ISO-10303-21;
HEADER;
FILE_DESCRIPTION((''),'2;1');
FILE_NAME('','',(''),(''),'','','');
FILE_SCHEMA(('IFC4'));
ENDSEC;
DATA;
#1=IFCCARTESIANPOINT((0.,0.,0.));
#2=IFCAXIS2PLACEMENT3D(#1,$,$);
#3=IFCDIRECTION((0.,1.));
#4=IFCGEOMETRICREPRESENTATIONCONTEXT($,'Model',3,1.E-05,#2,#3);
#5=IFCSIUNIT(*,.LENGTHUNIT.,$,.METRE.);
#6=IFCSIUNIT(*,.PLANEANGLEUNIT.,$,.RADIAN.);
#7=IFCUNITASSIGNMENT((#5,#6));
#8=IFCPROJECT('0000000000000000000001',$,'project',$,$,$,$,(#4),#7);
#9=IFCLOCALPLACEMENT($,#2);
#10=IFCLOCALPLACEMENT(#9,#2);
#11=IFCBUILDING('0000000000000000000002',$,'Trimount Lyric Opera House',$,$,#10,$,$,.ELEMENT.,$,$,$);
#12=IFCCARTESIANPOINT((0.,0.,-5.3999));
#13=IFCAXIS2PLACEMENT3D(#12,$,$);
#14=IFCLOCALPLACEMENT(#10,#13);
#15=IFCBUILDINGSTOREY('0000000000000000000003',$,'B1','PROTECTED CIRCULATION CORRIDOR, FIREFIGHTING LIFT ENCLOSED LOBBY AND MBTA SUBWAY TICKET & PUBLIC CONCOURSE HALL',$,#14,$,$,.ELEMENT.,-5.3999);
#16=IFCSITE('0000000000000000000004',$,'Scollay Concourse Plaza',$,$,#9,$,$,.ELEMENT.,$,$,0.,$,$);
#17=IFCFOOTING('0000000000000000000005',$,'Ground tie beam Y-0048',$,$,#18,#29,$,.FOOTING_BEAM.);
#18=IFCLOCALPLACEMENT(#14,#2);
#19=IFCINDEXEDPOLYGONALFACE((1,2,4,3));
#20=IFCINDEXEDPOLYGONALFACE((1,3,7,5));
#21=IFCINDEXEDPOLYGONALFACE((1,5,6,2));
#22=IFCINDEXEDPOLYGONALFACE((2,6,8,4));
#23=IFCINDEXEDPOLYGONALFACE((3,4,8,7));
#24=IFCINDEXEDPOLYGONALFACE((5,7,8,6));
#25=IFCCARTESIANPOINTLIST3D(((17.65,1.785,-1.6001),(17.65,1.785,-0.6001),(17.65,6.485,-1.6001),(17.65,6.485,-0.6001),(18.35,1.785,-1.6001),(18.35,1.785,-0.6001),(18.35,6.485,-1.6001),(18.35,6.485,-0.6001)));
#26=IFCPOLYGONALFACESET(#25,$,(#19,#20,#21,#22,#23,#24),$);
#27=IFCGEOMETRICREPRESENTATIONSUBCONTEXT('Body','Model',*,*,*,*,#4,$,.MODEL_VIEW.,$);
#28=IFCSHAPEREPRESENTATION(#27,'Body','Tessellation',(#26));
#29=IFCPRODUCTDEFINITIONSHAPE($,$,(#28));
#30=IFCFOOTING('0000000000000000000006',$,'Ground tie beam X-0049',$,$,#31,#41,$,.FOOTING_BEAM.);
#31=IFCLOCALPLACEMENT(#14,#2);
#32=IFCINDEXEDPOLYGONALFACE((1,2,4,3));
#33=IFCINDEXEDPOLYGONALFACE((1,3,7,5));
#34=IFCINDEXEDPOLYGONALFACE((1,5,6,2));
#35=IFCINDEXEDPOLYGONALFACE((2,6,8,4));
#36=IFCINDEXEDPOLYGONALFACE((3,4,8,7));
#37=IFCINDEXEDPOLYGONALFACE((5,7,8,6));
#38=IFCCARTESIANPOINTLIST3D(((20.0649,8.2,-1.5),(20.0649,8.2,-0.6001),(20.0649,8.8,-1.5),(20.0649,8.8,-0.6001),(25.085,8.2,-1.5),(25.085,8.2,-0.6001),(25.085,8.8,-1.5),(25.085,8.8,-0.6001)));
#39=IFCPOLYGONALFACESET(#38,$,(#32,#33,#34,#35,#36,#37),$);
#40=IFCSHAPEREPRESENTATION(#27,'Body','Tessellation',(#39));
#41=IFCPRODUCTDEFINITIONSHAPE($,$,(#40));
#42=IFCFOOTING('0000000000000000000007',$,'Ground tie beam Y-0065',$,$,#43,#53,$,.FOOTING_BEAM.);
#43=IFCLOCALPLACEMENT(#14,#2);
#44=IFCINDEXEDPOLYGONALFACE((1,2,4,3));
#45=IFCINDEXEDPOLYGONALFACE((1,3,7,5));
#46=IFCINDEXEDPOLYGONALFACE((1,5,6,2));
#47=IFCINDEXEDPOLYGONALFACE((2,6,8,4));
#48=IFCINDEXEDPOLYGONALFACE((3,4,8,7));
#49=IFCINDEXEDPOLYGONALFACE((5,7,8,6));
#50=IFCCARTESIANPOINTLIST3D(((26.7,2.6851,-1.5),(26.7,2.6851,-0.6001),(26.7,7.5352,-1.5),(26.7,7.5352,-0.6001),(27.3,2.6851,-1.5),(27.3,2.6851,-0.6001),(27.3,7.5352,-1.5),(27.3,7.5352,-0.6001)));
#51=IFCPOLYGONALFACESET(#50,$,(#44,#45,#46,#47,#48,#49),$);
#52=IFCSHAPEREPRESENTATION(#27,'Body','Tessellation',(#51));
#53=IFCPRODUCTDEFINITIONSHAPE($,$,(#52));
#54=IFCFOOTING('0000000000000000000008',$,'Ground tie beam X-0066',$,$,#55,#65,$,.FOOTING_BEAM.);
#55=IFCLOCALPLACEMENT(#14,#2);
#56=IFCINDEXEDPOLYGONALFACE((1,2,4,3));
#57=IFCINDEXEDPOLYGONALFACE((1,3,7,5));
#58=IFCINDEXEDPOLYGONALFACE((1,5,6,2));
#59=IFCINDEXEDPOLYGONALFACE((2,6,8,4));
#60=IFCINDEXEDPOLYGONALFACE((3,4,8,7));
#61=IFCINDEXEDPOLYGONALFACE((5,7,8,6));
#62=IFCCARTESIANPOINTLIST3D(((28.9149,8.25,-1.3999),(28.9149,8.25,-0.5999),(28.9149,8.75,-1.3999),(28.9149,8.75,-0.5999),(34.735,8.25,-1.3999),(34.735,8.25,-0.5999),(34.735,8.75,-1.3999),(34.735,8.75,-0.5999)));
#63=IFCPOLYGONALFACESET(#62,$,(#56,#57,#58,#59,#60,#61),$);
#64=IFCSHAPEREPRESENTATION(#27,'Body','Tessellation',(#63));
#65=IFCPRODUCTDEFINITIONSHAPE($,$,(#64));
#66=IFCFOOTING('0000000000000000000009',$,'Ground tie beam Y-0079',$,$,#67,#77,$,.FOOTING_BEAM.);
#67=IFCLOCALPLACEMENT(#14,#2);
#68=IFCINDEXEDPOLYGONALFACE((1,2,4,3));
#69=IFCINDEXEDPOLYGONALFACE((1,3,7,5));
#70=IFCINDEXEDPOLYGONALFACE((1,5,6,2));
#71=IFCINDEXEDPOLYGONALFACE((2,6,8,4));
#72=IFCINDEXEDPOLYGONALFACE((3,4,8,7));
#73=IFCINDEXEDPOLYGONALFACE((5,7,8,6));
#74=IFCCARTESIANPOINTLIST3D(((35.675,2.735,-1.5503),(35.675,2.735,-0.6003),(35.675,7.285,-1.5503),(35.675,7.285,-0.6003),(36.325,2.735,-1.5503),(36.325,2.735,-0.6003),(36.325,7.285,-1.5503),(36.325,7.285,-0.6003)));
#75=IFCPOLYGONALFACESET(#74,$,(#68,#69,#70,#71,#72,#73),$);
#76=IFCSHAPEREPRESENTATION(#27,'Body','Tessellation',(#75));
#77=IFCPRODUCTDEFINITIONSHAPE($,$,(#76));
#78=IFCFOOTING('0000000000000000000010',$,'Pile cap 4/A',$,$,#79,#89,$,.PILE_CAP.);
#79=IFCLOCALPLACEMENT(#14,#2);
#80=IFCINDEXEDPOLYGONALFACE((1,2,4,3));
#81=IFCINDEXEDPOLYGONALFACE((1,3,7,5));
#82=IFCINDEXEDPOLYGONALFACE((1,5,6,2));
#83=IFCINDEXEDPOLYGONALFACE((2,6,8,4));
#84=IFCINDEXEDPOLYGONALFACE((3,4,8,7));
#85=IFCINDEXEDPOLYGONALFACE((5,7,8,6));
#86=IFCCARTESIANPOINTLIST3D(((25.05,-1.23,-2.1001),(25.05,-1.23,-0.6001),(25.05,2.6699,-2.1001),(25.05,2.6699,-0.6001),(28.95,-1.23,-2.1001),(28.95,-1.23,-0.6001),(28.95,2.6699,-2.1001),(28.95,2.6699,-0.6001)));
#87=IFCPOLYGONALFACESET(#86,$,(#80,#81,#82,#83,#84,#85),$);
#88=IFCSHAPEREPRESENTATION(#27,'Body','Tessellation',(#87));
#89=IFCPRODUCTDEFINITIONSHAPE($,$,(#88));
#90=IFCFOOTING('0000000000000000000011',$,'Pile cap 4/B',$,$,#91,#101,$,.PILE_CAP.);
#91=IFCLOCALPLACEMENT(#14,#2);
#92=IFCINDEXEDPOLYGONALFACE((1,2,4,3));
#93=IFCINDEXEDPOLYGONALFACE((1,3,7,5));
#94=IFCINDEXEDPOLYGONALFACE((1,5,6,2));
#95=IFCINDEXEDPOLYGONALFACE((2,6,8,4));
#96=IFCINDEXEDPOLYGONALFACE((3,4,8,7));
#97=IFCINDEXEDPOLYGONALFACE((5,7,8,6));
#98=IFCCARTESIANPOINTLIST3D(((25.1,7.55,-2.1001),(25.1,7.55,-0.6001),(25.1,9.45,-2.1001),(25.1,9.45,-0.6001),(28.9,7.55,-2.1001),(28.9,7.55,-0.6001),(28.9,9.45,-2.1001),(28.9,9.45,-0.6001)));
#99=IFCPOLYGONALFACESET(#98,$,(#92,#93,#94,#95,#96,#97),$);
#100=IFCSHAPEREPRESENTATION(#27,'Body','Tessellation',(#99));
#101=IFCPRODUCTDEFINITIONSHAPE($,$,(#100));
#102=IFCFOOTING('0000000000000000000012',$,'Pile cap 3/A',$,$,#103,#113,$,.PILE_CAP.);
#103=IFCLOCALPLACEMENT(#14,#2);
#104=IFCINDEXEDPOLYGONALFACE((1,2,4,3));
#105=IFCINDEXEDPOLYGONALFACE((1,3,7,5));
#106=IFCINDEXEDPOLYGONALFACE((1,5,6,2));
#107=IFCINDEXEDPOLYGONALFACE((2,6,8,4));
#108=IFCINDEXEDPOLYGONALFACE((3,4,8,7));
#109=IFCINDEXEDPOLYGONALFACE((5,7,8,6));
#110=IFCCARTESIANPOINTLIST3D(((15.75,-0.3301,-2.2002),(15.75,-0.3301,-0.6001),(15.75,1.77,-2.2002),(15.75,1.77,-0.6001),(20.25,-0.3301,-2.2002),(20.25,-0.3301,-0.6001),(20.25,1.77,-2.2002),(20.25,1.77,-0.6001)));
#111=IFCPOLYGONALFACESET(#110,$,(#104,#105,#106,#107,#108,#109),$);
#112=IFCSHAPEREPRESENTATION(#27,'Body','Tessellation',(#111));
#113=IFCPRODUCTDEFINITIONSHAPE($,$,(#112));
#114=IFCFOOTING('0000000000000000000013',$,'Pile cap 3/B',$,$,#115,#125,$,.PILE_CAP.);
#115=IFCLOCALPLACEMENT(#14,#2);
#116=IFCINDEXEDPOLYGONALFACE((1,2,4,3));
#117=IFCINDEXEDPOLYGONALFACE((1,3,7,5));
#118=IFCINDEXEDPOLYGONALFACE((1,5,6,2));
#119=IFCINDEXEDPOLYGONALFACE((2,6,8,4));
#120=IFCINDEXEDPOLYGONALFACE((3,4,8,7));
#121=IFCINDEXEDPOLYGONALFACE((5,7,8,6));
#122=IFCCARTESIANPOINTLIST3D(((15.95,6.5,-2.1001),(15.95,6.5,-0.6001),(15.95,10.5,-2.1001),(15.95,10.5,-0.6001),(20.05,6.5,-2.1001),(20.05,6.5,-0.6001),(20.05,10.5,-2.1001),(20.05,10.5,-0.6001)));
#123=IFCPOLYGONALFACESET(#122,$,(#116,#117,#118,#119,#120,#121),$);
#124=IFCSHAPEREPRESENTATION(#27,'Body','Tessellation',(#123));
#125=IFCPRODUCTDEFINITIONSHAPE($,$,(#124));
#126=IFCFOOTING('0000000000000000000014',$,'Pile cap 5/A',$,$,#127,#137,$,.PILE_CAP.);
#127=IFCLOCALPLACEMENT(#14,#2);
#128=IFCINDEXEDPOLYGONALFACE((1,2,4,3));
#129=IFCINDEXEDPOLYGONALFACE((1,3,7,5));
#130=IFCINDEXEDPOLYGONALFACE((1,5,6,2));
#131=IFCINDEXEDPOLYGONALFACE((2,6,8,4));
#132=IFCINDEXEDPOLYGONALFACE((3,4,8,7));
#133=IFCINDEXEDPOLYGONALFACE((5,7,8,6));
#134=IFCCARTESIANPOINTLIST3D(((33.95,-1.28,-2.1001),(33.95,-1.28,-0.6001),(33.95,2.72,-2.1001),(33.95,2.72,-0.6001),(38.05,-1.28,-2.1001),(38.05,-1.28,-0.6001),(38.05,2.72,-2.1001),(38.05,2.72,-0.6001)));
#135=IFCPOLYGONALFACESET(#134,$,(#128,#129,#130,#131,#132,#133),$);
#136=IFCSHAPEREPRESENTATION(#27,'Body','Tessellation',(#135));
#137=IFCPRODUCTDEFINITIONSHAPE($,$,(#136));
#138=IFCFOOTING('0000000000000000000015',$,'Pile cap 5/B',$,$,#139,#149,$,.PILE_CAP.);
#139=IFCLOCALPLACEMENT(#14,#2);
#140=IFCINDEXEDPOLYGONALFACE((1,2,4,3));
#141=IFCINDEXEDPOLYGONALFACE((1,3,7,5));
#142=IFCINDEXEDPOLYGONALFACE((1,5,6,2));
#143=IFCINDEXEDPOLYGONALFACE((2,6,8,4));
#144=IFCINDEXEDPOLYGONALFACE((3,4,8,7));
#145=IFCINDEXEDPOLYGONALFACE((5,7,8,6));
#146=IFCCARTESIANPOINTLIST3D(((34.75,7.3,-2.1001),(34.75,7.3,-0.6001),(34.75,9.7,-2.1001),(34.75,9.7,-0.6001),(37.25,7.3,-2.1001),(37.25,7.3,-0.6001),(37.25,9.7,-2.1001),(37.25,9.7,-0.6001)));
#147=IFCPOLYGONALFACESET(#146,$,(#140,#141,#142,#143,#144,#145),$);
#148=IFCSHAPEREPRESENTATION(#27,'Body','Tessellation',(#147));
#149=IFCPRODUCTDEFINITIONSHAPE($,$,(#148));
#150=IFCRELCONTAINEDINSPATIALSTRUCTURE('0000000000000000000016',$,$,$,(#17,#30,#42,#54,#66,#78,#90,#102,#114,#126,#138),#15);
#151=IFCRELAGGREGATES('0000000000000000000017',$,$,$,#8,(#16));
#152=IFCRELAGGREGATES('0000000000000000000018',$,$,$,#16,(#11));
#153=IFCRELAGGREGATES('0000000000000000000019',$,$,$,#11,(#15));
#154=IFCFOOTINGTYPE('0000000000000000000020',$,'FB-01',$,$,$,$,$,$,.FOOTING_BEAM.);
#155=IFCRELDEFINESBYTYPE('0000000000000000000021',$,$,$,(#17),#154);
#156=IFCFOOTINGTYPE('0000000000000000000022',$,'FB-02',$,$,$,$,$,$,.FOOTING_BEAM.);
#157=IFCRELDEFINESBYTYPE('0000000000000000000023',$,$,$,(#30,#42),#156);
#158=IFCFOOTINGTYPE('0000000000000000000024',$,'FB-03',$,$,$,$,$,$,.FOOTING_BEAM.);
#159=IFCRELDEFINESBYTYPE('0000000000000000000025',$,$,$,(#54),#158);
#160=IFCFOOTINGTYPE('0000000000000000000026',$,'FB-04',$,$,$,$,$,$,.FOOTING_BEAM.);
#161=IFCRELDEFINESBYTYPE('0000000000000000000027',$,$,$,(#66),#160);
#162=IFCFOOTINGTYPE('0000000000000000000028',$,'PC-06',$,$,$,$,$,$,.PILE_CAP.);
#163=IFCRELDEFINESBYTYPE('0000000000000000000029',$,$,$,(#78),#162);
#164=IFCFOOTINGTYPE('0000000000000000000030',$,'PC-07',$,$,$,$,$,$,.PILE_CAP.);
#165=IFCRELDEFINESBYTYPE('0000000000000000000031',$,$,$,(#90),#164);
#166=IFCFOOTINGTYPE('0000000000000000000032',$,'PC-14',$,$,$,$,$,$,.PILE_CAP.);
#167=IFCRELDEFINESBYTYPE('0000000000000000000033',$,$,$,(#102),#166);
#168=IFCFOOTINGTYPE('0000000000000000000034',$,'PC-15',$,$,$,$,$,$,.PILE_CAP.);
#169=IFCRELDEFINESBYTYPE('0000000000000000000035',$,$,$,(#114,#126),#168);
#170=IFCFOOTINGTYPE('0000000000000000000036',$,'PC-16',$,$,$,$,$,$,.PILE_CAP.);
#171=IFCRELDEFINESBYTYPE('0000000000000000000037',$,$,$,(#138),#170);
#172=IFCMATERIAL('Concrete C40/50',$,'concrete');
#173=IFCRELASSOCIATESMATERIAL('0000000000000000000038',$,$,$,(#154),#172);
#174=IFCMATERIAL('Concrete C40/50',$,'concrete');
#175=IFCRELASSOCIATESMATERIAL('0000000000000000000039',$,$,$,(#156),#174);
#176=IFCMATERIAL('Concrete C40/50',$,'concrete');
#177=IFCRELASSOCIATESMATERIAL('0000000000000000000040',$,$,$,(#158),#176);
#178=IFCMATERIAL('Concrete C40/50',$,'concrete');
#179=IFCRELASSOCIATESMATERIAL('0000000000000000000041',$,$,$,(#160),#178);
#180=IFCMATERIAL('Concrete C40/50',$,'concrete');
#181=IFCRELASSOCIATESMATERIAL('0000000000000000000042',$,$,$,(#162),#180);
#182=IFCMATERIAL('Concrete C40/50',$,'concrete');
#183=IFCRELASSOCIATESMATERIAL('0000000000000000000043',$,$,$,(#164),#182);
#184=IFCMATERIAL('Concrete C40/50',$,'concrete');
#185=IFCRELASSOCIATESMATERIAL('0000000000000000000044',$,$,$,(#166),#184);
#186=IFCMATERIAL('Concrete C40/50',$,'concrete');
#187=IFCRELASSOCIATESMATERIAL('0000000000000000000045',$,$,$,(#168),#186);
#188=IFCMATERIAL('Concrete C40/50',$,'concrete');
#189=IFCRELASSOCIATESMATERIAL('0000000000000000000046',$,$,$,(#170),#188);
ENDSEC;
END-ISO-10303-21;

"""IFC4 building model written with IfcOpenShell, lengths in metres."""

from ifc_helpers import new_model, si_unit, direction, frame, origin, origin_2d, place, context, subcontext, project, spatial, rectangle, extrude, material, type_object, element, save


model = new_model("IFC4")

# Units and contexts
model_context = context("Model", 3, precision=1e-05, world=origin(), true_north=direction((0.0, 1.0)))
body_context = subcontext(model_context, "Body", "Model", "MODEL_VIEW")
ifc_project = project(units=[si_unit("LENGTHUNIT", "METRE"), si_unit("PLANEANGLEUNIT", "RADIAN")], contexts=[model_context])

# Site, building, storey
site_placement = place(None, origin())
site = spatial("IfcSite", under=ifc_project, at=site_placement, Name="Scollay Concourse Plaza", CompositionType="ELEMENT", RefElevation=0.0)
building_placement = place(site_placement, origin())
building = spatial("IfcBuilding", under=site, at=building_placement, Name="Trimount Lyric Opera House", CompositionType="ELEMENT")
storey_placement = place(building_placement, frame((0.0, 0.0, -5.3999)))
storey = spatial("IfcBuildingStorey", under=building, at=storey_placement, Name="B1", Description="PROTECTED CIRCULATION CORRIDOR, FIREFIGHTING LIFT ENCLOSED LOBBY AND MBTA SUBWAY TICKET & PUBLIC CONCOURSE HALL", CompositionType="ELEMENT", Elevation=-5.3999)

# Footings
ifc_material_1 = material(Name="Concrete C40/50", Category="concrete")
footing_type_1 = type_object("IfcFootingType", Name="FB-01", PredefinedType="FOOTING_BEAM", material=ifc_material_1)
footing_1_placement = place(storey_placement, frame((18.0, 4.135, -1.6001), z_axis=(0.0, 0.0, 1.0), x_axis=(1.0, 0.0, 0.0)))
element("IfcFooting", 1, at=footing_1_placement, inside=storey, type_object=footing_type_1, Name="Ground tie beam Y-0048", PredefinedType="FOOTING_BEAM", context=body_context, shape_type="SweptSolid", body=[
    extrude(rectangle(XDim=0.7, YDim=4.7, at=origin_2d()), origin(), (0.0, 0.0, 1.0), 1.0),
])
ifc_material_2 = material(Name="Concrete C40/50", Category="concrete")
footing_type_2 = type_object("IfcFootingType", Name="FB-02", PredefinedType="FOOTING_BEAM", material=ifc_material_2)
footing_2_placement = place(storey_placement, frame((22.575, 8.5, -1.5), z_axis=(0.0, 0.0, 1.0), x_axis=(1.0, 0.0, 0.0)))
element("IfcFooting", 2, at=footing_2_placement, inside=storey, type_object=footing_type_2, Name="Ground tie beam X-0049", PredefinedType="FOOTING_BEAM", context=body_context, shape_type="SweptSolid", body=[
    extrude(rectangle(XDim=5.02, YDim=0.6001, at=origin_2d()), origin(), (0.0, 0.0, 1.0), 0.8999),
])
footing_3_placement = place(storey_placement, frame((27.0, 5.1101, -1.5), z_axis=(0.0, 0.0, 1.0), x_axis=(1.0, 0.0, 0.0)))
element("IfcFooting", 3, at=footing_3_placement, inside=storey, type_object=footing_type_2, Name="Ground tie beam Y-0065", PredefinedType="FOOTING_BEAM", context=body_context, shape_type="SweptSolid", body=[
    extrude(rectangle(XDim=0.6001, YDim=4.8501, at=origin_2d()), origin(), (0.0, 0.0, 1.0), 0.8999),
])
ifc_material_3 = material(Name="Concrete C40/50", Category="concrete")
footing_type_3 = type_object("IfcFootingType", Name="FB-03", PredefinedType="FOOTING_BEAM", material=ifc_material_3)
footing_4_placement = place(storey_placement, frame((31.825, 8.5, -1.3999), z_axis=(0.0, 0.0, 1.0), x_axis=(1.0, 0.0, 0.0)))
element("IfcFooting", 4, at=footing_4_placement, inside=storey, type_object=footing_type_3, Name="Ground tie beam X-0066", PredefinedType="FOOTING_BEAM", context=body_context, shape_type="SweptSolid", body=[
    extrude(rectangle(XDim=5.8201, YDim=0.5, at=origin_2d()), origin(), (0.0, 0.0, 1.0), 0.8),
])
ifc_material_4 = material(Name="Concrete C40/50", Category="concrete")
footing_type_4 = type_object("IfcFootingType", Name="FB-04", PredefinedType="FOOTING_BEAM", material=ifc_material_4)
footing_5_placement = place(storey_placement, frame((36.0, 5.01, -1.5503), z_axis=(0.0, 0.0, 1.0), x_axis=(1.0, 0.0, 0.0)))
element("IfcFooting", 5, at=footing_5_placement, inside=storey, type_object=footing_type_4, Name="Ground tie beam Y-0079", PredefinedType="FOOTING_BEAM", context=body_context, shape_type="SweptSolid", body=[
    extrude(rectangle(XDim=0.6499, YDim=4.55, at=origin_2d()), origin(), (0.0, 0.0, 1.0), 0.95),
])
ifc_material_5 = material(Name="Concrete C40/50", Category="concrete")
footing_type_5 = type_object("IfcFootingType", Name="PC-06", PredefinedType="PILE_CAP", material=ifc_material_5)
footing_6_placement = place(storey_placement, frame((27.0, 0.72, -2.1001), z_axis=(0.0, 0.0, 1.0), x_axis=(1.0, 0.0, 0.0)))
element("IfcFooting", 6, at=footing_6_placement, inside=storey, type_object=footing_type_5, Name="Pile cap 4/A", PredefinedType="PILE_CAP", context=body_context, shape_type="SweptSolid", body=[
    extrude(rectangle(XDim=3.8999, YDim=3.8999, at=origin_2d()), origin(), (0.0, 0.0, 1.0), 1.5),
])
ifc_material_6 = material(Name="Concrete C40/50", Category="concrete")
footing_type_6 = type_object("IfcFootingType", Name="PC-07", PredefinedType="PILE_CAP", material=ifc_material_6)
footing_7_placement = place(storey_placement, frame((27.0, 8.5, -2.1001), z_axis=(0.0, 0.0, 1.0), x_axis=(1.0, 0.0, 0.0)))
element("IfcFooting", 7, at=footing_7_placement, inside=storey, type_object=footing_type_6, Name="Pile cap 4/B", PredefinedType="PILE_CAP", context=body_context, shape_type="SweptSolid", body=[
    extrude(rectangle(XDim=3.8, YDim=1.8999, at=origin_2d()), origin(), (0.0, 0.0, 1.0), 1.5),
])
ifc_material_7 = material(Name="Concrete C40/50", Category="concrete")
footing_type_7 = type_object("IfcFootingType", Name="PC-14", PredefinedType="PILE_CAP", material=ifc_material_7)
footing_8_placement = place(storey_placement, frame((18.0, 0.72, -2.2002), z_axis=(0.0, 0.0, 1.0), x_axis=(1.0, 0.0, 0.0)))
element("IfcFooting", 8, at=footing_8_placement, inside=storey, type_object=footing_type_7, Name="Pile cap 3/A", PredefinedType="PILE_CAP", context=body_context, shape_type="SweptSolid", body=[
    extrude(rectangle(XDim=4.5, YDim=2.1001, at=origin_2d()), origin(), (0.0, 0.0, 1.0), 1.6001),
])
ifc_material_8 = material(Name="Concrete C40/50", Category="concrete")
footing_type_8 = type_object("IfcFootingType", Name="PC-15", PredefinedType="PILE_CAP", material=ifc_material_8)
for number, where, z_axis, x_axis, name in (
    (9, (18.0, 8.5, -2.1001), (0.0, 0.0, 1.0), (1.0, 0.0, 0.0), "Pile cap 3/B"),
    (10, (36.0, 0.72, -2.1001), (0.0, 0.0, 1.0), (1.0, 0.0, 0.0), "Pile cap 5/A"),
):
    element("IfcFooting", number, at=place(storey_placement, frame(where, z_axis=z_axis, x_axis=x_axis)), inside=storey, type_object=footing_type_8, Name=name, PredefinedType="PILE_CAP", context=body_context, shape_type="SweptSolid", body=[
        extrude(rectangle(XDim=4.1001, YDim=4.0, at=origin_2d()), origin(), (0.0, 0.0, 1.0), 1.5),
    ])
ifc_material_9 = material(Name="Concrete C40/50", Category="concrete")
footing_type_9 = type_object("IfcFootingType", Name="PC-16", PredefinedType="PILE_CAP", material=ifc_material_9)
footing_9_placement = place(storey_placement, frame((36.0, 8.5, -2.1001), z_axis=(0.0, 0.0, 1.0), x_axis=(1.0, 0.0, 0.0)))
element("IfcFooting", 11, at=footing_9_placement, inside=storey, type_object=footing_type_9, Name="Pile cap 5/B", PredefinedType="PILE_CAP", context=body_context, shape_type="SweptSolid", body=[
    extrude(rectangle(XDim=2.5, YDim=2.3999, at=origin_2d()), origin(), (0.0, 0.0, 1.0), 1.5),
])

save(model, "model.ifc")
